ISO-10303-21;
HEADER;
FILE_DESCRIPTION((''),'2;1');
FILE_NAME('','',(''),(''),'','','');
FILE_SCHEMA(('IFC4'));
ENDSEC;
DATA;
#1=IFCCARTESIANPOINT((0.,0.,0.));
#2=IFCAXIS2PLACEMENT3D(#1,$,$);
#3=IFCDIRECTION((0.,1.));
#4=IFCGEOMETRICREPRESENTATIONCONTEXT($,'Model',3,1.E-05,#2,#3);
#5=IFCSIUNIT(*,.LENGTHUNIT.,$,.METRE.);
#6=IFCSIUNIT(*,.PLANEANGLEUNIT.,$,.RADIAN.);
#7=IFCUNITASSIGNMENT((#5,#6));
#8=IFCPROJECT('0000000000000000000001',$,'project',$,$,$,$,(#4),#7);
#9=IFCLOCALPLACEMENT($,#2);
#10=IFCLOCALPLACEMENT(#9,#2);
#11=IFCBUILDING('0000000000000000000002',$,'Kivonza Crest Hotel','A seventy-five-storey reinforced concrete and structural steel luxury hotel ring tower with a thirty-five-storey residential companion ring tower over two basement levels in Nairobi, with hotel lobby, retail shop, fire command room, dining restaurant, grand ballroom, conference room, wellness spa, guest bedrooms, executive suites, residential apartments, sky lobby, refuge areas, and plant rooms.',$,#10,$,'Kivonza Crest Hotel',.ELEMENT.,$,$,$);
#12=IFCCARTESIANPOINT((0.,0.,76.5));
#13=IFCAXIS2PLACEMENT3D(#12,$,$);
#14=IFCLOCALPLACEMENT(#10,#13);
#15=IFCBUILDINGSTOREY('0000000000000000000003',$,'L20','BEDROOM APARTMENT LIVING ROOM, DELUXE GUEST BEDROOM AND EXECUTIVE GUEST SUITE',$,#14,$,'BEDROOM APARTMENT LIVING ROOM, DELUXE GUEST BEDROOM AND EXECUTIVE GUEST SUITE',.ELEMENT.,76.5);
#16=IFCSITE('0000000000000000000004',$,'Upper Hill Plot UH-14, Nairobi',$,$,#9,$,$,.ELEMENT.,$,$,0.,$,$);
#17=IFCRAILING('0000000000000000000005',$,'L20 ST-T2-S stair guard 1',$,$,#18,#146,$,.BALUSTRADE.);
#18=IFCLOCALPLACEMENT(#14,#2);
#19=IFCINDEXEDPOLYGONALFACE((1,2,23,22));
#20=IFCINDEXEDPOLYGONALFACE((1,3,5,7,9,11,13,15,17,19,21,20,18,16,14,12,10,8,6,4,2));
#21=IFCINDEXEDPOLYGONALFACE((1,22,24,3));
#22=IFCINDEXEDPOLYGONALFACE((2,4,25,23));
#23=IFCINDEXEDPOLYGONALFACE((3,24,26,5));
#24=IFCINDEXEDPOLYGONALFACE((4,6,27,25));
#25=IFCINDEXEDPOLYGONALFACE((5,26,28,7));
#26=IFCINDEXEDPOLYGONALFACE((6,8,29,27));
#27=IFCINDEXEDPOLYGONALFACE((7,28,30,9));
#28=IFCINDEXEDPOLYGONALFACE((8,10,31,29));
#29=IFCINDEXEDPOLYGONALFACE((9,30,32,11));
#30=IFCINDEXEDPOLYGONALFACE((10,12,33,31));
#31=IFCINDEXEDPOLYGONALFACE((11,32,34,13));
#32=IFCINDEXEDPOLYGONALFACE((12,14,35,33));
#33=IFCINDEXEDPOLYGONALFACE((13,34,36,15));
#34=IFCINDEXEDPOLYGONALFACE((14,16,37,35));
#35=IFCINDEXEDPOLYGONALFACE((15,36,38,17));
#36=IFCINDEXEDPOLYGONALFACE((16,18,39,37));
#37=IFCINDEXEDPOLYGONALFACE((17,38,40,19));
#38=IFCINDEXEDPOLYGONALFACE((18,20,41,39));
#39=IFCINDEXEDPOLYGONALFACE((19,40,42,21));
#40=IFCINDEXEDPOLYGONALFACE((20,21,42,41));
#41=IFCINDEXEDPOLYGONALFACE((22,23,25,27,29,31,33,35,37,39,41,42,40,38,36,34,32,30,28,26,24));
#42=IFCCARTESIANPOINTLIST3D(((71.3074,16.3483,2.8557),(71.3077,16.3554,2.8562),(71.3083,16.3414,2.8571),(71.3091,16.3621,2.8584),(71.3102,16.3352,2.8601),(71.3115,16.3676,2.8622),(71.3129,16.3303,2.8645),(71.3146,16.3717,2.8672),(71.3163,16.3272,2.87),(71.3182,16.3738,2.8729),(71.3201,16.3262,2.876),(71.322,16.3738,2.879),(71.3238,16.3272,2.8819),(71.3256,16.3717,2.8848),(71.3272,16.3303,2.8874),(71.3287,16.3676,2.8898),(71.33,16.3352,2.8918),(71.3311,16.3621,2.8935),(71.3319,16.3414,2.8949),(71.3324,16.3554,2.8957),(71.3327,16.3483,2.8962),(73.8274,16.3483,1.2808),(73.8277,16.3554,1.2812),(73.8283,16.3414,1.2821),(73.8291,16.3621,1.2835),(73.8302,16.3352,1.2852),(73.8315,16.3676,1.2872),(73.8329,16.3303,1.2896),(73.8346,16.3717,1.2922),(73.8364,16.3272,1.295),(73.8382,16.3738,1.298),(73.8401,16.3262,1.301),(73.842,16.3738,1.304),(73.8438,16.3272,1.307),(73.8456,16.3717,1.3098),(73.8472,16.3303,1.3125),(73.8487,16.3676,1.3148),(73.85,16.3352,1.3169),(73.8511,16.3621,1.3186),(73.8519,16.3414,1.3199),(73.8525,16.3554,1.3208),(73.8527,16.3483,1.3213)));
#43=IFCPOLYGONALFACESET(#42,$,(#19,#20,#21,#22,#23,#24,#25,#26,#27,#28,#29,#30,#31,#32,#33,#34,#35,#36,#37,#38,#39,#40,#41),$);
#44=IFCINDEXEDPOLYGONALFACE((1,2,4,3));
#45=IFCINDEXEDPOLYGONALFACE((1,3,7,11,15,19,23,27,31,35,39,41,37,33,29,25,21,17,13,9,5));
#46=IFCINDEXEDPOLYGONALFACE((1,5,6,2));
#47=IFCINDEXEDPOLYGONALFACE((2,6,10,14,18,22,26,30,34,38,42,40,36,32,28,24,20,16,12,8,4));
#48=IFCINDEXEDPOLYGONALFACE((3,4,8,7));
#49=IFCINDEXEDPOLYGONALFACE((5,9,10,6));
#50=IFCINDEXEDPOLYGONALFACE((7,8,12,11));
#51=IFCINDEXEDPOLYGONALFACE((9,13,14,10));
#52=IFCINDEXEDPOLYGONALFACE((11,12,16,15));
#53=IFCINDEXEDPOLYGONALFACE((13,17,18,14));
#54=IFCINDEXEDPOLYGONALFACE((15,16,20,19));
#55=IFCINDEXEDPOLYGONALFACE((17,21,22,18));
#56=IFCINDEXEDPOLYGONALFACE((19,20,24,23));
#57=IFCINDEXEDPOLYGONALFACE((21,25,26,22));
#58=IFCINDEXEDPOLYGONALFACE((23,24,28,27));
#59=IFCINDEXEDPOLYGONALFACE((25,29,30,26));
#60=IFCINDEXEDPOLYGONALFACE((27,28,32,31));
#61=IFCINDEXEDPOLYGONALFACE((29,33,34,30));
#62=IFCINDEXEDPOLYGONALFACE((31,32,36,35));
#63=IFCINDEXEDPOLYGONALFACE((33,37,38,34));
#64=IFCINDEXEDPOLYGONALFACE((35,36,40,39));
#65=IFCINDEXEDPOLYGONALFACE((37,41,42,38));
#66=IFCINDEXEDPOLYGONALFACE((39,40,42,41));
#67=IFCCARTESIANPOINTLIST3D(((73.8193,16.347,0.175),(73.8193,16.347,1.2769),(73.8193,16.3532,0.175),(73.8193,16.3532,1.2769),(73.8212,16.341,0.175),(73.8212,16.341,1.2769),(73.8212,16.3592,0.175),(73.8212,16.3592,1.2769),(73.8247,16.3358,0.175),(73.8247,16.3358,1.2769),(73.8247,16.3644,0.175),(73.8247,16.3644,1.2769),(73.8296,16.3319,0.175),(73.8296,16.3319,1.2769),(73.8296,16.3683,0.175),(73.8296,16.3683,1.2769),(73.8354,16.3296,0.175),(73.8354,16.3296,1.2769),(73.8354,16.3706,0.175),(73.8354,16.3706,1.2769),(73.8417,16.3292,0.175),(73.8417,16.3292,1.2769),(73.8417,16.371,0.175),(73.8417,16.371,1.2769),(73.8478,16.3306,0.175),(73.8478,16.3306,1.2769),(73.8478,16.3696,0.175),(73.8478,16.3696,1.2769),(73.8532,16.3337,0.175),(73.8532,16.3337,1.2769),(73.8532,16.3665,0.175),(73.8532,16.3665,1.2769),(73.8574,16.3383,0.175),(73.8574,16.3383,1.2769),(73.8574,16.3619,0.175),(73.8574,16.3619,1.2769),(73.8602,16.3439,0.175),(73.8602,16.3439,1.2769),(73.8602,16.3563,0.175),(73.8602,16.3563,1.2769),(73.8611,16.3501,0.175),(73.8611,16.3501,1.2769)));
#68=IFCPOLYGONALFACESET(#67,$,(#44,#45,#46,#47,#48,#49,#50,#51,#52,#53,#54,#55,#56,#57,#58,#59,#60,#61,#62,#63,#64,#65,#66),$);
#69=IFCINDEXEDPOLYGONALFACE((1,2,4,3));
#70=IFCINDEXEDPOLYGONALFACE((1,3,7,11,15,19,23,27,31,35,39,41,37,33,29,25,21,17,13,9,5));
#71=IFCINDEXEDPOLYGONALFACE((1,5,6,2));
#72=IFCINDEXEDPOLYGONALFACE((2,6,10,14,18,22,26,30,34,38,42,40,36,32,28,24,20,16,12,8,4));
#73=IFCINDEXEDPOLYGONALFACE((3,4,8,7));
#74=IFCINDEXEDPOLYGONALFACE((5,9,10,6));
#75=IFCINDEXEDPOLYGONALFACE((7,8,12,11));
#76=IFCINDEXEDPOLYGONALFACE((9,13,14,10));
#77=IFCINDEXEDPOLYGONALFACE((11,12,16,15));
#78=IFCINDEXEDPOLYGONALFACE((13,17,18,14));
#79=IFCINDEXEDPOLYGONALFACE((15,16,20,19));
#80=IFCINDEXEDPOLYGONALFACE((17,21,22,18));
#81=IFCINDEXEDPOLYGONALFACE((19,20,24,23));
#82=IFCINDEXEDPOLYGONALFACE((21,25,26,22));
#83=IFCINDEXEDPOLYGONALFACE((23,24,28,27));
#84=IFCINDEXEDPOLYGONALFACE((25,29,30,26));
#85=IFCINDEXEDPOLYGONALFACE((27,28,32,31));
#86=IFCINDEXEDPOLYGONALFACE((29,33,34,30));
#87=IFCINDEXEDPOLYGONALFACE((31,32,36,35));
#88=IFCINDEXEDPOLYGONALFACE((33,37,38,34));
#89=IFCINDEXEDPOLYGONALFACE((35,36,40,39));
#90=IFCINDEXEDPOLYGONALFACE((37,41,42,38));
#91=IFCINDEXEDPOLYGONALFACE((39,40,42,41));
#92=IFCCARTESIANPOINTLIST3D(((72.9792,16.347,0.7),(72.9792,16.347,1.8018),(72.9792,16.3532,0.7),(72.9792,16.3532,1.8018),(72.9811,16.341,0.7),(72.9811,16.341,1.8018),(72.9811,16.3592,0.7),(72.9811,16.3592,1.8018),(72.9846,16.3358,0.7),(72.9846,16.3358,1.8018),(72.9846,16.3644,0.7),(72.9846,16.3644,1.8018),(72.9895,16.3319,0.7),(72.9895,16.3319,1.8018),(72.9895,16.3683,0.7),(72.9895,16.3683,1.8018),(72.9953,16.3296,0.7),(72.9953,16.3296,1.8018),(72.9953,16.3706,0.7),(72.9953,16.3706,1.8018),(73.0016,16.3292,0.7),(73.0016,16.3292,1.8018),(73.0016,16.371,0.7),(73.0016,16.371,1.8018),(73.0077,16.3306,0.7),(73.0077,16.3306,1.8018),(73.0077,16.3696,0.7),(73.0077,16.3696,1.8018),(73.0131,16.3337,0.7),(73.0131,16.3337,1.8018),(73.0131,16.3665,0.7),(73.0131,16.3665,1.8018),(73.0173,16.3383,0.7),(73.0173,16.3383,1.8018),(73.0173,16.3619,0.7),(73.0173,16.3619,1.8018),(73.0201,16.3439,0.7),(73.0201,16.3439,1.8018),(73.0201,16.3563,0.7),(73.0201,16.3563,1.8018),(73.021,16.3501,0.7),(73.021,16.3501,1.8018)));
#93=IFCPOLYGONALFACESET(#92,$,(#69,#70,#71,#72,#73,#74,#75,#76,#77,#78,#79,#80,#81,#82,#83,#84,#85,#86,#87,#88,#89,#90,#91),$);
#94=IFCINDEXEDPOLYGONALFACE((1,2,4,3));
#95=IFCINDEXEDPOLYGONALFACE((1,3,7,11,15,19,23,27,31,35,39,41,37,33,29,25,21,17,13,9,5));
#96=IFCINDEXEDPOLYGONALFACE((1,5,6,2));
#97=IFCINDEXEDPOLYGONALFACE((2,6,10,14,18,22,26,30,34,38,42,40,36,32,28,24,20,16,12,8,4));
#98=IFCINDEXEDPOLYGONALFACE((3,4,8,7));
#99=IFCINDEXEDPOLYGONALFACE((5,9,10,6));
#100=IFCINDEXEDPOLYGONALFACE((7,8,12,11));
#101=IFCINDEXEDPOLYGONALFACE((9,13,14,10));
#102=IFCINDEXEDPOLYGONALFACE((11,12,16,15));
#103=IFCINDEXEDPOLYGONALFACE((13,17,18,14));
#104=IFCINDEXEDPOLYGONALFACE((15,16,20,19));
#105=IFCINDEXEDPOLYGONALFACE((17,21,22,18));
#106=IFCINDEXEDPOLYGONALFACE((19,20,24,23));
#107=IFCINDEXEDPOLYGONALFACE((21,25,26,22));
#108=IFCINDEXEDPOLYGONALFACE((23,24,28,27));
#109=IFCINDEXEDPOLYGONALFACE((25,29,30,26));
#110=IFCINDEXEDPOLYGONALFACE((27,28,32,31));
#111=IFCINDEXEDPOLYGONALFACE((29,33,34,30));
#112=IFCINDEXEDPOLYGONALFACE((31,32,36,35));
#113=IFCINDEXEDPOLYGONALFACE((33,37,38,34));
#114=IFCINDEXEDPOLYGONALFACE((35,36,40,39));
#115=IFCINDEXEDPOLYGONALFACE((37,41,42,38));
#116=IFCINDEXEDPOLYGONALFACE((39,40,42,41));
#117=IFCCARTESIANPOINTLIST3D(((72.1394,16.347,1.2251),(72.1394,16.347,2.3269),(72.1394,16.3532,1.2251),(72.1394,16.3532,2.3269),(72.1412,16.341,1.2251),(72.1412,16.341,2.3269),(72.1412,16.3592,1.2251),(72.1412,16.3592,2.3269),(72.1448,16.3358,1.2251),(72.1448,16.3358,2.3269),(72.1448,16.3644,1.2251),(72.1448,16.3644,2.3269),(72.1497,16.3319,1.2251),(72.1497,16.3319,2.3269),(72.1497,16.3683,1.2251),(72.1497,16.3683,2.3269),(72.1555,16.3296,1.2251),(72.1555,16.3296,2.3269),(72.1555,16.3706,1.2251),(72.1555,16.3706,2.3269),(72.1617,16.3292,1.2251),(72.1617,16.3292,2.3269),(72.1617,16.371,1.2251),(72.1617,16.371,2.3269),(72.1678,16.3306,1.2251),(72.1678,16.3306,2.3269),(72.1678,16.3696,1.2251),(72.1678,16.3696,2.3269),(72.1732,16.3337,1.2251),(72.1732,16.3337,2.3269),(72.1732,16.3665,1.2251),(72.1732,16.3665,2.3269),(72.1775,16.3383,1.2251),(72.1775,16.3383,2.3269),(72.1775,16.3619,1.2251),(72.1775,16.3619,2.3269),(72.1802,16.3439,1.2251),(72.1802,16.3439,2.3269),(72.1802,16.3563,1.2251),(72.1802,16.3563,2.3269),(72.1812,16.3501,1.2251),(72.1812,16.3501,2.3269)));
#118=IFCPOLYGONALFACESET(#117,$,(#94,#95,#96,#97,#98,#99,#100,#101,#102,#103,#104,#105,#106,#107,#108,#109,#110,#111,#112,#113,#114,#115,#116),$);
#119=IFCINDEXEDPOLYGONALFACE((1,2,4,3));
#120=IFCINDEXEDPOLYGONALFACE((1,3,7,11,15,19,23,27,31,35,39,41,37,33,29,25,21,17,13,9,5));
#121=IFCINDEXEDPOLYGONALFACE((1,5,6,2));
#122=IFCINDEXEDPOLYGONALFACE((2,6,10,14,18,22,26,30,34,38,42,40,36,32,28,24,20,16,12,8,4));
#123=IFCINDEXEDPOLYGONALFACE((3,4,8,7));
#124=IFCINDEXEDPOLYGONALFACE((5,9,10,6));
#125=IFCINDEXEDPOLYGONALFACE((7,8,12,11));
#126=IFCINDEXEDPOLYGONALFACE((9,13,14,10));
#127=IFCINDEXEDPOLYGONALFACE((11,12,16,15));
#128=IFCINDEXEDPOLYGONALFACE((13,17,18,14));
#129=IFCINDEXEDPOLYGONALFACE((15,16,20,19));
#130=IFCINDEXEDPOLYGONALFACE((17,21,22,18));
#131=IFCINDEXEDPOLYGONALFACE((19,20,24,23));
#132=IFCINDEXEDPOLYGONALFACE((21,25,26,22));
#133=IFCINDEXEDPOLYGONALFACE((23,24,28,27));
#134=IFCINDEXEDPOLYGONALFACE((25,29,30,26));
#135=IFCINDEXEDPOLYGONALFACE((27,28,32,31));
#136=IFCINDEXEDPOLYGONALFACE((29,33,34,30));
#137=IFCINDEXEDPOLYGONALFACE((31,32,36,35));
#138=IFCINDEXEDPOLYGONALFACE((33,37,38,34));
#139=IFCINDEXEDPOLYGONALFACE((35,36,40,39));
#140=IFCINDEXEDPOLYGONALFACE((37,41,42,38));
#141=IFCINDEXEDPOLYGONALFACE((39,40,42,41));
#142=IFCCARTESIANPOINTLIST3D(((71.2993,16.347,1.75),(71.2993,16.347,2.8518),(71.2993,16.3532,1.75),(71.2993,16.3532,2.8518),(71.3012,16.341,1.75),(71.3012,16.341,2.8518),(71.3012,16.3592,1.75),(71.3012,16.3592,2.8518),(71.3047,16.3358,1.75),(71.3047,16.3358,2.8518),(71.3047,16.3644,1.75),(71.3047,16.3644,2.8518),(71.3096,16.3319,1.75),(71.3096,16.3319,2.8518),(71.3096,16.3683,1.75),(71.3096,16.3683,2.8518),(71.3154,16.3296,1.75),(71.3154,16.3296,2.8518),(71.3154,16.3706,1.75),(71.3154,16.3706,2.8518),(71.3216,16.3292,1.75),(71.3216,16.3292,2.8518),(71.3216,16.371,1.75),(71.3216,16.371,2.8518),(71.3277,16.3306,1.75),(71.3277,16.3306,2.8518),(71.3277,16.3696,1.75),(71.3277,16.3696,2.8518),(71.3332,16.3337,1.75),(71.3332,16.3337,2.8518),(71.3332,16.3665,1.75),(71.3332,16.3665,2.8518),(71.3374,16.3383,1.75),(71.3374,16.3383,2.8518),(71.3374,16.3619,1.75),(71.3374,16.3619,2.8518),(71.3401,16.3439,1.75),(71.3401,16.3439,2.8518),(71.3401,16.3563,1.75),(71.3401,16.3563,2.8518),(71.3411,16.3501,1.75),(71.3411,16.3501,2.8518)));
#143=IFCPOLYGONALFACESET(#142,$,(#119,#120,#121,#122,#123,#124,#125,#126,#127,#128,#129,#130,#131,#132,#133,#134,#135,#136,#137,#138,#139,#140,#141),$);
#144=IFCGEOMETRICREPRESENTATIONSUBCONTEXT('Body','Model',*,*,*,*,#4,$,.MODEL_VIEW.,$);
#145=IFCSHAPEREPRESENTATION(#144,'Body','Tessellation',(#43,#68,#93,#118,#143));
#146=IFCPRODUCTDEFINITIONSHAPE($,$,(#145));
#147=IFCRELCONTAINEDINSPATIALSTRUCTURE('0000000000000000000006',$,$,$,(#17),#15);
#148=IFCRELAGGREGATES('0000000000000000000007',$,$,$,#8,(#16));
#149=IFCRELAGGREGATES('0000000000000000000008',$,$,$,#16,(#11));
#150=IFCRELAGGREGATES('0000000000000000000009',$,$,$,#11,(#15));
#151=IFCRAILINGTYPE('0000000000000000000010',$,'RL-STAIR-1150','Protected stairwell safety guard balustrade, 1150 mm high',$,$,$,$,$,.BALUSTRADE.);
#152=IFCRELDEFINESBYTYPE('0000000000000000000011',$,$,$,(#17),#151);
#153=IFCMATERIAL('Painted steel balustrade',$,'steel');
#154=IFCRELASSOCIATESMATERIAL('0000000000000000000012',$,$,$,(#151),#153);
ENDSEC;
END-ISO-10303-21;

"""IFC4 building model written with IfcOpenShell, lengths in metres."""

from ifc_helpers import new_model, si_unit, direction, frame, origin, origin_2d, place, context, subcontext, project, spatial, circle, extrude, material, type_object, element, save


model = new_model("IFC4")

# Units and contexts
model_context = context("Model", 3, precision=1e-05, world=origin(), true_north=direction((0.0, 1.0)))
body_context = subcontext(model_context, "Body", "Model", "MODEL_VIEW")
ifc_project = project(units=[si_unit("LENGTHUNIT", "METRE"), si_unit("PLANEANGLEUNIT", "RADIAN")], contexts=[model_context])

# Site, building, storey
site_placement = place(None, origin())
site = spatial("IfcSite", under=ifc_project, at=site_placement, Name="Upper Hill Plot UH-14, Nairobi", CompositionType="ELEMENT", RefElevation=0.0)
building_placement = place(site_placement, origin())
building = spatial("IfcBuilding", under=site, at=building_placement, Name="Kivonza Crest Hotel", Description="A seventy-five-storey reinforced concrete and structural steel luxury hotel ring tower with a thirty-five-storey residential companion ring tower over two basement levels in Nairobi, with hotel lobby, retail shop, fire command room, dining restaurant, grand ballroom, conference room, wellness spa, guest bedrooms, executive suites, residential apartments, sky lobby, refuge areas, and plant rooms.", LongName="Kivonza Crest Hotel", CompositionType="ELEMENT")
storey_placement = place(building_placement, frame((0.0, 0.0, 76.5)))
storey = spatial("IfcBuildingStorey", under=building, at=storey_placement, Name="L20", Description="BEDROOM APARTMENT LIVING ROOM, DELUXE GUEST BEDROOM AND EXECUTIVE GUEST SUITE", LongName="BEDROOM APARTMENT LIVING ROOM, DELUXE GUEST BEDROOM AND EXECUTIVE GUEST SUITE", CompositionType="ELEMENT", Elevation=76.5)

# Railing
ifc_material_1 = material(Name="Painted steel balustrade", Category="steel")
railing_type_1 = type_object("IfcRailingType", Name="RL-STAIR-1150", Description="Protected stairwell safety guard balustrade, 1150 mm high", PredefinedType="BALUSTRADE", material=ifc_material_1)
railing_1_placement = place(storey_placement, frame((73.8401, 16.3501, 0.175)))
element("IfcRailing", 1, at=railing_1_placement, inside=storey, type_object=railing_type_1, Name="L20 ST-T2-S stair guard 1", PredefinedType="BALUSTRADE", context=body_context, shape_type="SweptSolid", body=[
    extrude(circle(Radius=0.0239, at=origin_2d()), frame((0.0, 0.0, 1.126), z_axis=(-0.848008, 0.0, 0.529984), x_axis=(0.0, -1.0, 0.0)), (0.0, 0.0, 1.0), 2.9717),
    extrude(circle(Radius=0.021, at=origin_2d()), origin(), (0.0, 0.0, 1.0), 1.1018),
    extrude(circle(Radius=0.021, at=origin_2d()), frame((-0.8401, 0.0, 0.5249)), (0.0, 0.0, 1.0), 1.1018),
    extrude(circle(Radius=0.021, at=origin_2d()), frame((-1.6799, 0.0, 1.05)), (0.0, 0.0, 1.0), 1.1018),
    extrude(circle(Radius=0.021, at=origin_2d()), frame((-2.52, 0.0, 1.575)), (0.0, 0.0, 1.0), 1.1018),
])

save(model, "model.ifc")
